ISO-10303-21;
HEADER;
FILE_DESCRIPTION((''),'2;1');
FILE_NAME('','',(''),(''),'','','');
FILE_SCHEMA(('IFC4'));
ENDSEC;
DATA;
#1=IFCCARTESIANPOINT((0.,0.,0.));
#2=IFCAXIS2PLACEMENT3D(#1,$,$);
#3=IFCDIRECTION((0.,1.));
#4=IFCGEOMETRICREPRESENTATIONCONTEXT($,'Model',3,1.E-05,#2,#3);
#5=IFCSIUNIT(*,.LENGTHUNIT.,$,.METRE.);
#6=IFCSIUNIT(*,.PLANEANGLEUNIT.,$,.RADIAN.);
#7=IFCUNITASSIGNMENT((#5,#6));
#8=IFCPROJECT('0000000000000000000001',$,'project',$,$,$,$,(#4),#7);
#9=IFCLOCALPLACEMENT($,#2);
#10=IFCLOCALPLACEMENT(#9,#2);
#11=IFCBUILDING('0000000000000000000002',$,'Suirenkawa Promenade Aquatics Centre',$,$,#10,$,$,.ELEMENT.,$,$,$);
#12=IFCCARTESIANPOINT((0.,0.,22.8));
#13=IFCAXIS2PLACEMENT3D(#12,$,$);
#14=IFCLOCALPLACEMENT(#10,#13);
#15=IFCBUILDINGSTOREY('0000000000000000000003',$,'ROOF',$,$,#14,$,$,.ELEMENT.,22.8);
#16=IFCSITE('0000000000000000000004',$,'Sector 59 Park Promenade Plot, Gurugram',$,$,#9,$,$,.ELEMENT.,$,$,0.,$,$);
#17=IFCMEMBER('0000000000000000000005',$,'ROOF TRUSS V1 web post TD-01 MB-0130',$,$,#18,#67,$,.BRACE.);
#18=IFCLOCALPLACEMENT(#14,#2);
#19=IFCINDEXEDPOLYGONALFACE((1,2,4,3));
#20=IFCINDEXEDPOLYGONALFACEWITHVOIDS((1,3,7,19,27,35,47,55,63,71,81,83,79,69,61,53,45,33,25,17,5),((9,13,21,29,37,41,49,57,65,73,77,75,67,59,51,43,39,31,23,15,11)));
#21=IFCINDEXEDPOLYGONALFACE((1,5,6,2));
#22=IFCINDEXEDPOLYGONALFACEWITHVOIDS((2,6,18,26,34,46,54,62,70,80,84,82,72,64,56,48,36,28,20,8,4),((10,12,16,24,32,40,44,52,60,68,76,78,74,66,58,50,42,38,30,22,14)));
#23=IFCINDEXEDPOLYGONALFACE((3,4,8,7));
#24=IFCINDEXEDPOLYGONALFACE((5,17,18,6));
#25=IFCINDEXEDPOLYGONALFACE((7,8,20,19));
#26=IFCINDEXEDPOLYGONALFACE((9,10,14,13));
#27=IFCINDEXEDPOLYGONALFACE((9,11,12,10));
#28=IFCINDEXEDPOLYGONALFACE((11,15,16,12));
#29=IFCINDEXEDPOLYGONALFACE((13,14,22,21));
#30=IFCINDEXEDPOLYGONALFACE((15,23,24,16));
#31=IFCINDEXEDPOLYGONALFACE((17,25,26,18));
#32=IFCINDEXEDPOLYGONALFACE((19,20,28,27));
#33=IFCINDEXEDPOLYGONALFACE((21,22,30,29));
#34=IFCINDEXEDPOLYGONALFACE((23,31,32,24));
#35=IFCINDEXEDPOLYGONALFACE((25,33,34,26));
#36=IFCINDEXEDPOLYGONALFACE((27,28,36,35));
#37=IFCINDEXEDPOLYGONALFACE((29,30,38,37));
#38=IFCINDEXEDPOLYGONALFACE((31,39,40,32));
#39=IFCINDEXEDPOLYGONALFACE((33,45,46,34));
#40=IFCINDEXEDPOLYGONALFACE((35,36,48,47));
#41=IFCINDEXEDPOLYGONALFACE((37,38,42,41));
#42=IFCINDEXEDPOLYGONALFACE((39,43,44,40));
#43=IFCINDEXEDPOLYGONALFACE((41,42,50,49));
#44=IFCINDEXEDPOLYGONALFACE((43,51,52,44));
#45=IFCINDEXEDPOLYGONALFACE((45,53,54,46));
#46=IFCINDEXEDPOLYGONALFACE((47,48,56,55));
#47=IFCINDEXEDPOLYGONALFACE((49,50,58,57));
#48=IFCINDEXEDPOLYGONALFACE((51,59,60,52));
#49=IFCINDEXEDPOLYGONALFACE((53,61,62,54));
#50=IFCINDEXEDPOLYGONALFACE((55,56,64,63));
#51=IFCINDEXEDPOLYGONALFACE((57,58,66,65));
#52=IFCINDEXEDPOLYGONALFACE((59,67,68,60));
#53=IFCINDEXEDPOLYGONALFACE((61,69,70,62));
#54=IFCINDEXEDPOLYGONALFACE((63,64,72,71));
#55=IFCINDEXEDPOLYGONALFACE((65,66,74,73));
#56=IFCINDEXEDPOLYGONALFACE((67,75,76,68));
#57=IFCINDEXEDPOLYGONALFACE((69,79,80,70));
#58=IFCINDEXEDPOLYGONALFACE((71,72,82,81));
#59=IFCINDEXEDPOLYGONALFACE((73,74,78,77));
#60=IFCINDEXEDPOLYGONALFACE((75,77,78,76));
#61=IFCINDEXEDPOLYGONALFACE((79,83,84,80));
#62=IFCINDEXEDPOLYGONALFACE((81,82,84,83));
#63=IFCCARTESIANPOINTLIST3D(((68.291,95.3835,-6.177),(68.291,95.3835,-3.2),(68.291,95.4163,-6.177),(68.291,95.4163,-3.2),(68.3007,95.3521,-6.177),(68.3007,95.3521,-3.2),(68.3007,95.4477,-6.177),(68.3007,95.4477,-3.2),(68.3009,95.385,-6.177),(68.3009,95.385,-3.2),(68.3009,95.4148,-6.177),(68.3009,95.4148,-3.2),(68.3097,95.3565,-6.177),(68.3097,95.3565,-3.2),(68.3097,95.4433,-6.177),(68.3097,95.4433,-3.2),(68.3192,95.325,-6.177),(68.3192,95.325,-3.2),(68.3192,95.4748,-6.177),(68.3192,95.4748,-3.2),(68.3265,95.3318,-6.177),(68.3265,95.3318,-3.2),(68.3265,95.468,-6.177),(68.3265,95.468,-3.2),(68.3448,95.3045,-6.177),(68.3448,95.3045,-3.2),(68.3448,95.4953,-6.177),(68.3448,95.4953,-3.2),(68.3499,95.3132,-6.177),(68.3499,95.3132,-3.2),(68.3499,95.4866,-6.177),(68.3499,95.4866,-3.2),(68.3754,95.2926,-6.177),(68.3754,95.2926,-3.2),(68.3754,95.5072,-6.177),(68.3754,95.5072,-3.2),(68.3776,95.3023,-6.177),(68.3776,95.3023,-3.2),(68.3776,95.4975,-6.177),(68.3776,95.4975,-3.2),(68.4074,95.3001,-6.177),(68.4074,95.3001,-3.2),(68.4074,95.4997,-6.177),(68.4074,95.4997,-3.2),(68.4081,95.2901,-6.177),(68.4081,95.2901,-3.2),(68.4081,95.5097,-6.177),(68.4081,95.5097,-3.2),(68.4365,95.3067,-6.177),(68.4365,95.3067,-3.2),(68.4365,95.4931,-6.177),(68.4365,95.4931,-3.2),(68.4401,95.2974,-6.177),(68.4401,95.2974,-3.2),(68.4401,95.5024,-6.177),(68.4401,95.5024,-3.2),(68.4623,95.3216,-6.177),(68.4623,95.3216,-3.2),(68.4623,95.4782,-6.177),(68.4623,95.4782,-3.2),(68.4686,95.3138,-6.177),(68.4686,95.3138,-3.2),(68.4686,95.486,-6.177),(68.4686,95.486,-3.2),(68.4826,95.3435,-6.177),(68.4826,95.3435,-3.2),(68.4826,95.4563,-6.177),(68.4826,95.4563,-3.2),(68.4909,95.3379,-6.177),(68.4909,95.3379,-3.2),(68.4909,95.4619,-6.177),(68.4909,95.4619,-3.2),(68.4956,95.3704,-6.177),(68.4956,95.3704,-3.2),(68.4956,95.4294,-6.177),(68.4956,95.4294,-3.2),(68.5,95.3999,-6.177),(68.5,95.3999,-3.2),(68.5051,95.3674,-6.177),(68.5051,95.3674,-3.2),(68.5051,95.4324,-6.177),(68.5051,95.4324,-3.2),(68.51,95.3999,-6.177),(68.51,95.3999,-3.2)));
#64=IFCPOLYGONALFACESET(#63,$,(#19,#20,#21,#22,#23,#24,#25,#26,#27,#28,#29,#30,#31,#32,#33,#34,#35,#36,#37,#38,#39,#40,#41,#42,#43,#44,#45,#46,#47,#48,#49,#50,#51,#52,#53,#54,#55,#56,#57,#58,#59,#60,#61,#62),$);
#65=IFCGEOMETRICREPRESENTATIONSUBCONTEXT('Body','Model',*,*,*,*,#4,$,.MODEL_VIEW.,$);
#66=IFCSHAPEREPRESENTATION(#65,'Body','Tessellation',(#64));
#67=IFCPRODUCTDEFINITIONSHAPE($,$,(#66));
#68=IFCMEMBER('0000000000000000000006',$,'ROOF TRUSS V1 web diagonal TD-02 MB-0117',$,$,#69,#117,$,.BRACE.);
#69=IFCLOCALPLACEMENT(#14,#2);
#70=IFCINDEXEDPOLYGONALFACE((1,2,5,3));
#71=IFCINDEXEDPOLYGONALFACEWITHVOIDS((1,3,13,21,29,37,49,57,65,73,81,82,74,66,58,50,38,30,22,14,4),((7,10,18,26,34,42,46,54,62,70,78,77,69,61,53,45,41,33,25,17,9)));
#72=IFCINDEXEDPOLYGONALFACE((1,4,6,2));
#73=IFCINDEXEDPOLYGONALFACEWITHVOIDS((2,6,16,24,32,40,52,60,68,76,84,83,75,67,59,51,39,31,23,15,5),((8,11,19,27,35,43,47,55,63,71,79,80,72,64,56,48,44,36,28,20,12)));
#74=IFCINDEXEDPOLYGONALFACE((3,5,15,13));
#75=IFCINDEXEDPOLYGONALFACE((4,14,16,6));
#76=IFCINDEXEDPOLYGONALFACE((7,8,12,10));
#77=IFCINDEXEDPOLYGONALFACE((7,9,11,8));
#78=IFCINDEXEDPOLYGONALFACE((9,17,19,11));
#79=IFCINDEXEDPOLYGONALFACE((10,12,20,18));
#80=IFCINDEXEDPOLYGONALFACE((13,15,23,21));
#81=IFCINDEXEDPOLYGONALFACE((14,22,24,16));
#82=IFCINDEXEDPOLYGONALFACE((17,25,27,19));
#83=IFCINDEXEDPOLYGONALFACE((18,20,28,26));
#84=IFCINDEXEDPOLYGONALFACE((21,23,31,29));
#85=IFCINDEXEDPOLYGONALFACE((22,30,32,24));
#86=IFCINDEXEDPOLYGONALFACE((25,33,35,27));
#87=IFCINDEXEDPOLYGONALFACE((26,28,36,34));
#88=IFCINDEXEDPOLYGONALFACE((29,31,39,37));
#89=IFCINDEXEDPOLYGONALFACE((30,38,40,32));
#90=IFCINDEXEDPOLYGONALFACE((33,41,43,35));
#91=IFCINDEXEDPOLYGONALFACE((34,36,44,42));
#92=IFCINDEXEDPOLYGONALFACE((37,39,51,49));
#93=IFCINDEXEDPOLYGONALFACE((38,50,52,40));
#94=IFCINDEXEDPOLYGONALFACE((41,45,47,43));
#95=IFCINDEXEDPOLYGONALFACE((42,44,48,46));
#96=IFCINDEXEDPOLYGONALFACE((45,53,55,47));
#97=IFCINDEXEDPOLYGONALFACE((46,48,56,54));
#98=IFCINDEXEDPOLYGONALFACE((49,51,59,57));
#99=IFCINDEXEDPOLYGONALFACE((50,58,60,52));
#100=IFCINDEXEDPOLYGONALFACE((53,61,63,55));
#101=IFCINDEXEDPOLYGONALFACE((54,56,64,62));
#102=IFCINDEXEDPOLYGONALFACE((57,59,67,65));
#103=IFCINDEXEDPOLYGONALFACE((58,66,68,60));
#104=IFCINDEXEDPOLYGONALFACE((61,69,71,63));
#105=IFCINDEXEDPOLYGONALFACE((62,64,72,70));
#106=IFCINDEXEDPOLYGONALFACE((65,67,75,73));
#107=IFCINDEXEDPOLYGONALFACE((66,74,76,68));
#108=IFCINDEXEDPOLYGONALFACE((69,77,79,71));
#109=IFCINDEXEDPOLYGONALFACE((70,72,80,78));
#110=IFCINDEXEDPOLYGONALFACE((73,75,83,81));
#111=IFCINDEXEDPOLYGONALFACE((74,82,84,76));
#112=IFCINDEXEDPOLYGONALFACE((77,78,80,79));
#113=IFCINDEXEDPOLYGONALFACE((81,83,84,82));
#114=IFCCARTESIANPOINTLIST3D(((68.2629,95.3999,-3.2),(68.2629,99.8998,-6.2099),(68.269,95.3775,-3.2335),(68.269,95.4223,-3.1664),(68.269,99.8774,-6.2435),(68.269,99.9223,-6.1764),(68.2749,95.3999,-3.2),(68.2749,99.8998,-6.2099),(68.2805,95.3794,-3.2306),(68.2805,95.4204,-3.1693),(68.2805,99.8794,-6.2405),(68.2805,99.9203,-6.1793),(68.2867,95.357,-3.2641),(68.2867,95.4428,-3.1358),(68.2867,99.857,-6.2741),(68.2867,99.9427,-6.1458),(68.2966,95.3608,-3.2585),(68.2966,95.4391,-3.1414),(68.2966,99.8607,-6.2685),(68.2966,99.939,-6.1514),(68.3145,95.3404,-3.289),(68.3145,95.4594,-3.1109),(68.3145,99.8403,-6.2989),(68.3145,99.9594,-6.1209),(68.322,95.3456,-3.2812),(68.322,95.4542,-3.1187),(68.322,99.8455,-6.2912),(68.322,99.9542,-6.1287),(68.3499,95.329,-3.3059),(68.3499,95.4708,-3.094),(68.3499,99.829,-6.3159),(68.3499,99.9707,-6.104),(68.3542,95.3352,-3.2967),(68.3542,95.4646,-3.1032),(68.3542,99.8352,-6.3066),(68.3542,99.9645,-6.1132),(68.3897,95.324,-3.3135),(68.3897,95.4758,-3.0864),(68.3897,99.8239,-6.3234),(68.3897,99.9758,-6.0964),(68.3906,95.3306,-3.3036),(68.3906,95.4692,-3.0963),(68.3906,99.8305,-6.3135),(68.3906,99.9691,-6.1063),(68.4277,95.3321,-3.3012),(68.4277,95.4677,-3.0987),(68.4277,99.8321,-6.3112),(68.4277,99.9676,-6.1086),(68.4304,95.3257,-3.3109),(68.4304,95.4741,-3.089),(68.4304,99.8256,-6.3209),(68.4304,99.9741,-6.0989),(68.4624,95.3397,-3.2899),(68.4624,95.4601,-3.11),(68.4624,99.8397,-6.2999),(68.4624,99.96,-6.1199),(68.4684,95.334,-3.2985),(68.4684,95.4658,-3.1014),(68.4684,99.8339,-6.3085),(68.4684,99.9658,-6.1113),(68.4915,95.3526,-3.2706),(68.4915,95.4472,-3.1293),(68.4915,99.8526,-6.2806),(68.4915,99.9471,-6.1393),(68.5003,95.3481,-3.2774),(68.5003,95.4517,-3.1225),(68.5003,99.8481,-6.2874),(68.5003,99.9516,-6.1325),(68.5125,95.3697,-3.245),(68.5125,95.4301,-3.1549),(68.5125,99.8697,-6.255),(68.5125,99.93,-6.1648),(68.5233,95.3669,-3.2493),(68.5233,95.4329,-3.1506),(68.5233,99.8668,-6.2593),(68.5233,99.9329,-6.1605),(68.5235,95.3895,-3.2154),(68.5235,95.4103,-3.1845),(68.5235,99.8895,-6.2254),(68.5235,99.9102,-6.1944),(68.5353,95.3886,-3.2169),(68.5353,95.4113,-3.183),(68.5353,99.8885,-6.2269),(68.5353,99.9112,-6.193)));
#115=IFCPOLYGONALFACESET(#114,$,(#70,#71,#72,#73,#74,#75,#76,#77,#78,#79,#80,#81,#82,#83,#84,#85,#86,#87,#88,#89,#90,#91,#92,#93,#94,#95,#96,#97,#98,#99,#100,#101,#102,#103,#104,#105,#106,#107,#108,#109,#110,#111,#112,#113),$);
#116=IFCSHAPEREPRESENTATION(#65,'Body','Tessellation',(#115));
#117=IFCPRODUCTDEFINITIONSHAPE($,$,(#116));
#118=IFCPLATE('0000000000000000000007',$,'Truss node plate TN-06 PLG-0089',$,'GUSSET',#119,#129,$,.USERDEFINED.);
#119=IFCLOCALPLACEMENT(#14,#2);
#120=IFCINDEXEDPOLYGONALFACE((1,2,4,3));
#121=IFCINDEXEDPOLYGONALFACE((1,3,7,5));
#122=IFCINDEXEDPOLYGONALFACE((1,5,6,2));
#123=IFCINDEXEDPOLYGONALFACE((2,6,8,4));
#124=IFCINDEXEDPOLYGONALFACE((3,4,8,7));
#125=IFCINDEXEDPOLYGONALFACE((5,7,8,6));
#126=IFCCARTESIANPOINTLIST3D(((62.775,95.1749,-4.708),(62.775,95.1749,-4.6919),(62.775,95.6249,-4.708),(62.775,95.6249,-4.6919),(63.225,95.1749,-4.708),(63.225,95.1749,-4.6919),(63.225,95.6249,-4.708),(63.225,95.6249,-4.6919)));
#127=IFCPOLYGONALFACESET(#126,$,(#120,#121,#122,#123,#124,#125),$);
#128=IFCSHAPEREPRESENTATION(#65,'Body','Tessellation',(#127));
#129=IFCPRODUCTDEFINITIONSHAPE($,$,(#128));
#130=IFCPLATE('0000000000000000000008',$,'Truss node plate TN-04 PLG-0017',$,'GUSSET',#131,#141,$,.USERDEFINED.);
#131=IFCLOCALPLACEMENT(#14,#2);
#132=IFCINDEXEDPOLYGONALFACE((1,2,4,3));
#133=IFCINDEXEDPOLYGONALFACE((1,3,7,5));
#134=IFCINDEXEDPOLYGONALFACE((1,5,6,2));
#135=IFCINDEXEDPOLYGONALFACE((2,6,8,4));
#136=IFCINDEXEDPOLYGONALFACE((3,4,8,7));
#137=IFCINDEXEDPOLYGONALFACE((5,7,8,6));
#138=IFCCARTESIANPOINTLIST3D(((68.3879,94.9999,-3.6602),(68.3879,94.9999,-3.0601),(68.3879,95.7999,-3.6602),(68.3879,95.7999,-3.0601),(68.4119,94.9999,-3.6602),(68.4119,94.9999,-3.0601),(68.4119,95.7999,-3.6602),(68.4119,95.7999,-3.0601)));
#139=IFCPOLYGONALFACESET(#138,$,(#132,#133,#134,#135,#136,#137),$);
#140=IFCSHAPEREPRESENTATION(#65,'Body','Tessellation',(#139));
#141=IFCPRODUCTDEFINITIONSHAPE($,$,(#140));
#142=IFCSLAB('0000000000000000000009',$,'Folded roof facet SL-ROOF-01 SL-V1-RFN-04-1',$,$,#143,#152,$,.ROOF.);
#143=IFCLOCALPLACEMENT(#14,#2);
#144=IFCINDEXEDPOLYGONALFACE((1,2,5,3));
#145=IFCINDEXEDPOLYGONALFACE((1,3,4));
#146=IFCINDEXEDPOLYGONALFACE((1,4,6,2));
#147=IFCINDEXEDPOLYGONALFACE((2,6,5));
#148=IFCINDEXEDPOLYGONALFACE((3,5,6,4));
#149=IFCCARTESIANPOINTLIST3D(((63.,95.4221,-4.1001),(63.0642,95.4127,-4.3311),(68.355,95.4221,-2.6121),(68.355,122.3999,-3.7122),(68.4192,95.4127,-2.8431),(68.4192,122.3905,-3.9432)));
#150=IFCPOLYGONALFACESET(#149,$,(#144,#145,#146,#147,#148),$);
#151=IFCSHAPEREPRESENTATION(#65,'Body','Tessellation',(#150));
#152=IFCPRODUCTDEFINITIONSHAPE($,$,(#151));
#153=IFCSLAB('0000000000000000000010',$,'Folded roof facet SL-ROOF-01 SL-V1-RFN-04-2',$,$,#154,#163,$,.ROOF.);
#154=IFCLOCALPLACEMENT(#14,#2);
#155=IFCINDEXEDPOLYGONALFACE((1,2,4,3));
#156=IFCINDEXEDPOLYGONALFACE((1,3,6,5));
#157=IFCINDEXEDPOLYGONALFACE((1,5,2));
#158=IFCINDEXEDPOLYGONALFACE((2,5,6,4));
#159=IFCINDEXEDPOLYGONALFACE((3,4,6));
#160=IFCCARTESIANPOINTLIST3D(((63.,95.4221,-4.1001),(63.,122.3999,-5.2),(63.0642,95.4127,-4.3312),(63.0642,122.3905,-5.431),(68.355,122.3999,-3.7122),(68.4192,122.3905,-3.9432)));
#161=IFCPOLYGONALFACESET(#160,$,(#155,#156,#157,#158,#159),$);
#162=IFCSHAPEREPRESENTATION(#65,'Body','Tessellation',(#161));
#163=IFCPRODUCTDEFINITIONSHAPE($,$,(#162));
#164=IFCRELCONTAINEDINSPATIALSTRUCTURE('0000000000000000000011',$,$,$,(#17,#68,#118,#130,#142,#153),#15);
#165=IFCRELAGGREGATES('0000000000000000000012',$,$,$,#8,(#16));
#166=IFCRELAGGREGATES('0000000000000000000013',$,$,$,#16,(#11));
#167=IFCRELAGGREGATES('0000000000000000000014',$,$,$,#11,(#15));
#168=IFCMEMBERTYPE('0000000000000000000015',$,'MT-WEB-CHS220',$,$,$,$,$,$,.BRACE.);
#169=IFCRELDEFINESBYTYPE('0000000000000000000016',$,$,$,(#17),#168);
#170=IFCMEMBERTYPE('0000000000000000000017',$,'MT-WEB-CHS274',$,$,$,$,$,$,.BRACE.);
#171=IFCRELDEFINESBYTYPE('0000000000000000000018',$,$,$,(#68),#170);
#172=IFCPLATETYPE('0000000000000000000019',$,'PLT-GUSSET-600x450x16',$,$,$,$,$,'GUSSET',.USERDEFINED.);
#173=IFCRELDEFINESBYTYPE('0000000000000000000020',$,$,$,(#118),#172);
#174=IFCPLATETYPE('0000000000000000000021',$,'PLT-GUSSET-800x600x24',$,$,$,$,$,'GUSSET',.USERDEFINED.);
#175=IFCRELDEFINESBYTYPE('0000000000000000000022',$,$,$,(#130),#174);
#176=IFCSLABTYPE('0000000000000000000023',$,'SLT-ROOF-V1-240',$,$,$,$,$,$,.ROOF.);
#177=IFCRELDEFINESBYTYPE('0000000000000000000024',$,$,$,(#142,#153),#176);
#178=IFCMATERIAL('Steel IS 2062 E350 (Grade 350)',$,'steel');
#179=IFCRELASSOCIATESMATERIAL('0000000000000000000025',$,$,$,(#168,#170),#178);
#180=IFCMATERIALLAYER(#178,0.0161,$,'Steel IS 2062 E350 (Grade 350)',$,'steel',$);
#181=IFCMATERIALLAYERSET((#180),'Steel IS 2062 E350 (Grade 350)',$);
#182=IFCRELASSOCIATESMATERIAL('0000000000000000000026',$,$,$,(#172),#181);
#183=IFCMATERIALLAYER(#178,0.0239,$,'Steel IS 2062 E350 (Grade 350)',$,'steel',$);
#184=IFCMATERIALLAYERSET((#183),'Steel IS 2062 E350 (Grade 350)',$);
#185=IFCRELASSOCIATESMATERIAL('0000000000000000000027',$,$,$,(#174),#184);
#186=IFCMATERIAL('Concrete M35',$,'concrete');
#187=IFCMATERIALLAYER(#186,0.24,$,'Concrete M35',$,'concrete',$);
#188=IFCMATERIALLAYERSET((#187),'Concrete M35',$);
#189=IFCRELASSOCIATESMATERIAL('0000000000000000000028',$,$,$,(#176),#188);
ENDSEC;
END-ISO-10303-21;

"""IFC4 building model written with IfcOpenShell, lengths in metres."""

from ifc_helpers import new_model, si_unit, direction, frame, origin, origin_2d, place, context, subcontext, project, spatial, polyline, rectangle, hollow_circle, outline, extrude, material, layer, layer_set, material_profile, profile_set, type_object, element, save


model = new_model("IFC4")

# Units and contexts
model_context = context("Model", 3, precision=1e-05, world=origin(), true_north=direction((0.0, 1.0)))
body_context = subcontext(model_context, "Body", "Model", "MODEL_VIEW")
ifc_project = project(units=[si_unit("LENGTHUNIT", "METRE"), si_unit("PLANEANGLEUNIT", "RADIAN")], contexts=[model_context])

# Site, building, storey
site_placement = place(None, origin())
site = spatial("IfcSite", under=ifc_project, at=site_placement, Name="Sector 59 Park Promenade Plot, Gurugram", CompositionType="ELEMENT", RefElevation=0.0)
building_placement = place(site_placement, origin())
building = spatial("IfcBuilding", under=site, at=building_placement, Name="Suirenkawa Promenade Aquatics Centre", CompositionType="ELEMENT")
storey_placement = place(building_placement, frame((0.0, 0.0, 22.8)))
storey = spatial("IfcBuildingStorey", under=building, at=storey_placement, Name="ROOF", CompositionType="ELEMENT", Elevation=22.8)

# Shared definitions
ifc_material_1 = material(Name="Steel IS 2062 E350 (Grade 350)", Category="steel")

# Members
ifc_material_profile_1 = material_profile(ifc_material_1, hollow_circle(Radius=0.1101, WallThickness=0.01, at=origin_2d()), Name="CHS 220x10", Category="steel")
ifc_profile_set_1 = profile_set([ifc_material_profile_1], Name="Steel IS 2062 E350 (Grade 350)")
member_type_1 = type_object("IfcMemberType", Name="MT-WEB-CHS220", PredefinedType="BRACE", material=ifc_profile_set_1)
member_1_placement = place(storey_placement, frame((68.3999, 95.3999, -6.177), z_axis=(0.0, 0.0, 1.0), x_axis=(1.0, 0.0, 0.0)))
element("IfcMember", 1, at=member_1_placement, inside=storey, type_object=member_type_1, Name="ROOF TRUSS V1 web post TD-01 MB-0130", PredefinedType="BRACE", context=body_context, shape_type="SweptSolid", body=[
    extrude(hollow_circle(Radius=0.1101, WallThickness=0.01, at=origin_2d()), origin(), (0.0, 0.0, 1.0), 2.9771),
])
ifc_material_profile_2 = material_profile(ifc_material_1, hollow_circle(Radius=0.137, WallThickness=0.012, at=origin_2d()), Name="CHS 274x12", Category="steel")
ifc_profile_set_2 = profile_set([ifc_material_profile_2], Name="Steel IS 2062 E350 (Grade 350)")
member_type_2 = type_object("IfcMemberType", Name="MT-WEB-CHS274", PredefinedType="BRACE", material=ifc_profile_set_2)
member_2_placement = place(storey_placement, frame((68.3999, 95.3999, -3.2), z_axis=(0.0, 0.831196, -0.55598), x_axis=(-1.0, 0.0, 0.0)))
element("IfcMember", 2, at=member_2_placement, inside=storey, type_object=member_type_2, Name="ROOF TRUSS V1 web diagonal TD-02 MB-0117", PredefinedType="BRACE", context=body_context, shape_type="SweptSolid", body=[
    extrude(hollow_circle(Radius=0.137, WallThickness=0.012, at=origin_2d()), origin(), (0.0, 0.0, 1.0), 5.4138),
])

# Plates
ifc_layer_1 = layer(ifc_material_1, 0.0161, Name="Steel IS 2062 E350 (Grade 350)", Category="steel")
ifc_layer_set_1 = layer_set([ifc_layer_1], Name="Steel IS 2062 E350 (Grade 350)")
plate_type_1 = type_object("IfcPlateType", Name="PLT-GUSSET-600x450x16", ElementType="GUSSET", PredefinedType="USERDEFINED", material=ifc_layer_set_1)
plate_1_placement = place(storey_placement, frame((63.0, 95.3999, -4.708), z_axis=(0.0, 0.0, 1.0), x_axis=(1.0, 0.0, 0.0)))
element("IfcPlate", 3, at=plate_1_placement, inside=storey, type_object=plate_type_1, Name="Truss node plate TN-06 PLG-0089", ObjectType="GUSSET", PredefinedType="USERDEFINED", context=body_context, shape_type="SweptSolid", body=[
    extrude(rectangle(XDim=0.45, YDim=0.45, at=origin_2d()), origin(), (0.0, 0.0, 1.0), 0.0161),
])
ifc_layer_2 = layer(ifc_material_1, 0.0239, Name="Steel IS 2062 E350 (Grade 350)", Category="steel")
ifc_layer_set_2 = layer_set([ifc_layer_2], Name="Steel IS 2062 E350 (Grade 350)")
plate_type_2 = type_object("IfcPlateType", Name="PLT-GUSSET-800x600x24", ElementType="GUSSET", PredefinedType="USERDEFINED", material=ifc_layer_set_2)
plate_2_placement = place(storey_placement, frame((68.3999, 95.3999, -3.6602), z_axis=(0.0, 0.0, 1.0), x_axis=(0.0, 1.0, 0.0)))
element("IfcPlate", 4, at=plate_2_placement, inside=storey, type_object=plate_type_2, Name="Truss node plate TN-04 PLG-0017", ObjectType="GUSSET", PredefinedType="USERDEFINED", context=body_context, shape_type="SweptSolid", body=[
    extrude(rectangle(XDim=0.8, YDim=0.0239, at=origin_2d()), origin(), (0.0, 0.0, 1.0), 0.6001),
])

# Slabs
ifc_material_2 = material(Name="Concrete M35", Category="concrete")
ifc_layer_3 = layer(ifc_material_2, 0.24, Name="Concrete M35", Category="concrete")
ifc_layer_set_3 = layer_set([ifc_layer_3], Name="Concrete M35")
slab_type = type_object("IfcSlabType", Name="SLT-ROOF-V1-240", PredefinedType="ROOF", material=ifc_layer_set_3)
slab_1_placement = place(storey_placement, frame((63.0, 95.4221, -4.1001), z_axis=(-0.267528, 0.039259, 0.96275), x_axis=(0.963493, 0.0, 0.267734)))
element("IfcSlab", 5, at=slab_1_placement, inside=storey, type_object=slab_type, Name="Folded roof facet SL-ROOF-01 SL-V1-RFN-04-1", PredefinedType="ROOF", context=body_context, shape_type="SweptSolid", body=[
    extrude(outline(polyline([(0.0, 0.0), (5.5579, 0.0), (5.2633, 26.9986), (0.0, 0.0)])), origin(), (0.0, 0.0, -1.0), 0.24),
])
slab_2_placement = place(storey_placement, frame((63.0, 95.4221, -4.1001), z_axis=(-0.267487, 0.039251, 0.962762), x_axis=(0.194678, 0.980766, 0.014103)))
element("IfcSlab", 6, at=slab_2_placement, inside=storey, type_object=slab_type, Name="Folded roof facet SL-ROOF-01 SL-V1-RFN-04-2", PredefinedType="ROOF", context=body_context, shape_type="SweptSolid", body=[
    extrude(outline(polyline([(0.0, 0.0), (27.5069, 0.0), (26.4434, 5.4551), (0.0, 0.0)])), origin(), (0.0, 0.0, -1.0), 0.24),
])

save(model, "model.ifc")
